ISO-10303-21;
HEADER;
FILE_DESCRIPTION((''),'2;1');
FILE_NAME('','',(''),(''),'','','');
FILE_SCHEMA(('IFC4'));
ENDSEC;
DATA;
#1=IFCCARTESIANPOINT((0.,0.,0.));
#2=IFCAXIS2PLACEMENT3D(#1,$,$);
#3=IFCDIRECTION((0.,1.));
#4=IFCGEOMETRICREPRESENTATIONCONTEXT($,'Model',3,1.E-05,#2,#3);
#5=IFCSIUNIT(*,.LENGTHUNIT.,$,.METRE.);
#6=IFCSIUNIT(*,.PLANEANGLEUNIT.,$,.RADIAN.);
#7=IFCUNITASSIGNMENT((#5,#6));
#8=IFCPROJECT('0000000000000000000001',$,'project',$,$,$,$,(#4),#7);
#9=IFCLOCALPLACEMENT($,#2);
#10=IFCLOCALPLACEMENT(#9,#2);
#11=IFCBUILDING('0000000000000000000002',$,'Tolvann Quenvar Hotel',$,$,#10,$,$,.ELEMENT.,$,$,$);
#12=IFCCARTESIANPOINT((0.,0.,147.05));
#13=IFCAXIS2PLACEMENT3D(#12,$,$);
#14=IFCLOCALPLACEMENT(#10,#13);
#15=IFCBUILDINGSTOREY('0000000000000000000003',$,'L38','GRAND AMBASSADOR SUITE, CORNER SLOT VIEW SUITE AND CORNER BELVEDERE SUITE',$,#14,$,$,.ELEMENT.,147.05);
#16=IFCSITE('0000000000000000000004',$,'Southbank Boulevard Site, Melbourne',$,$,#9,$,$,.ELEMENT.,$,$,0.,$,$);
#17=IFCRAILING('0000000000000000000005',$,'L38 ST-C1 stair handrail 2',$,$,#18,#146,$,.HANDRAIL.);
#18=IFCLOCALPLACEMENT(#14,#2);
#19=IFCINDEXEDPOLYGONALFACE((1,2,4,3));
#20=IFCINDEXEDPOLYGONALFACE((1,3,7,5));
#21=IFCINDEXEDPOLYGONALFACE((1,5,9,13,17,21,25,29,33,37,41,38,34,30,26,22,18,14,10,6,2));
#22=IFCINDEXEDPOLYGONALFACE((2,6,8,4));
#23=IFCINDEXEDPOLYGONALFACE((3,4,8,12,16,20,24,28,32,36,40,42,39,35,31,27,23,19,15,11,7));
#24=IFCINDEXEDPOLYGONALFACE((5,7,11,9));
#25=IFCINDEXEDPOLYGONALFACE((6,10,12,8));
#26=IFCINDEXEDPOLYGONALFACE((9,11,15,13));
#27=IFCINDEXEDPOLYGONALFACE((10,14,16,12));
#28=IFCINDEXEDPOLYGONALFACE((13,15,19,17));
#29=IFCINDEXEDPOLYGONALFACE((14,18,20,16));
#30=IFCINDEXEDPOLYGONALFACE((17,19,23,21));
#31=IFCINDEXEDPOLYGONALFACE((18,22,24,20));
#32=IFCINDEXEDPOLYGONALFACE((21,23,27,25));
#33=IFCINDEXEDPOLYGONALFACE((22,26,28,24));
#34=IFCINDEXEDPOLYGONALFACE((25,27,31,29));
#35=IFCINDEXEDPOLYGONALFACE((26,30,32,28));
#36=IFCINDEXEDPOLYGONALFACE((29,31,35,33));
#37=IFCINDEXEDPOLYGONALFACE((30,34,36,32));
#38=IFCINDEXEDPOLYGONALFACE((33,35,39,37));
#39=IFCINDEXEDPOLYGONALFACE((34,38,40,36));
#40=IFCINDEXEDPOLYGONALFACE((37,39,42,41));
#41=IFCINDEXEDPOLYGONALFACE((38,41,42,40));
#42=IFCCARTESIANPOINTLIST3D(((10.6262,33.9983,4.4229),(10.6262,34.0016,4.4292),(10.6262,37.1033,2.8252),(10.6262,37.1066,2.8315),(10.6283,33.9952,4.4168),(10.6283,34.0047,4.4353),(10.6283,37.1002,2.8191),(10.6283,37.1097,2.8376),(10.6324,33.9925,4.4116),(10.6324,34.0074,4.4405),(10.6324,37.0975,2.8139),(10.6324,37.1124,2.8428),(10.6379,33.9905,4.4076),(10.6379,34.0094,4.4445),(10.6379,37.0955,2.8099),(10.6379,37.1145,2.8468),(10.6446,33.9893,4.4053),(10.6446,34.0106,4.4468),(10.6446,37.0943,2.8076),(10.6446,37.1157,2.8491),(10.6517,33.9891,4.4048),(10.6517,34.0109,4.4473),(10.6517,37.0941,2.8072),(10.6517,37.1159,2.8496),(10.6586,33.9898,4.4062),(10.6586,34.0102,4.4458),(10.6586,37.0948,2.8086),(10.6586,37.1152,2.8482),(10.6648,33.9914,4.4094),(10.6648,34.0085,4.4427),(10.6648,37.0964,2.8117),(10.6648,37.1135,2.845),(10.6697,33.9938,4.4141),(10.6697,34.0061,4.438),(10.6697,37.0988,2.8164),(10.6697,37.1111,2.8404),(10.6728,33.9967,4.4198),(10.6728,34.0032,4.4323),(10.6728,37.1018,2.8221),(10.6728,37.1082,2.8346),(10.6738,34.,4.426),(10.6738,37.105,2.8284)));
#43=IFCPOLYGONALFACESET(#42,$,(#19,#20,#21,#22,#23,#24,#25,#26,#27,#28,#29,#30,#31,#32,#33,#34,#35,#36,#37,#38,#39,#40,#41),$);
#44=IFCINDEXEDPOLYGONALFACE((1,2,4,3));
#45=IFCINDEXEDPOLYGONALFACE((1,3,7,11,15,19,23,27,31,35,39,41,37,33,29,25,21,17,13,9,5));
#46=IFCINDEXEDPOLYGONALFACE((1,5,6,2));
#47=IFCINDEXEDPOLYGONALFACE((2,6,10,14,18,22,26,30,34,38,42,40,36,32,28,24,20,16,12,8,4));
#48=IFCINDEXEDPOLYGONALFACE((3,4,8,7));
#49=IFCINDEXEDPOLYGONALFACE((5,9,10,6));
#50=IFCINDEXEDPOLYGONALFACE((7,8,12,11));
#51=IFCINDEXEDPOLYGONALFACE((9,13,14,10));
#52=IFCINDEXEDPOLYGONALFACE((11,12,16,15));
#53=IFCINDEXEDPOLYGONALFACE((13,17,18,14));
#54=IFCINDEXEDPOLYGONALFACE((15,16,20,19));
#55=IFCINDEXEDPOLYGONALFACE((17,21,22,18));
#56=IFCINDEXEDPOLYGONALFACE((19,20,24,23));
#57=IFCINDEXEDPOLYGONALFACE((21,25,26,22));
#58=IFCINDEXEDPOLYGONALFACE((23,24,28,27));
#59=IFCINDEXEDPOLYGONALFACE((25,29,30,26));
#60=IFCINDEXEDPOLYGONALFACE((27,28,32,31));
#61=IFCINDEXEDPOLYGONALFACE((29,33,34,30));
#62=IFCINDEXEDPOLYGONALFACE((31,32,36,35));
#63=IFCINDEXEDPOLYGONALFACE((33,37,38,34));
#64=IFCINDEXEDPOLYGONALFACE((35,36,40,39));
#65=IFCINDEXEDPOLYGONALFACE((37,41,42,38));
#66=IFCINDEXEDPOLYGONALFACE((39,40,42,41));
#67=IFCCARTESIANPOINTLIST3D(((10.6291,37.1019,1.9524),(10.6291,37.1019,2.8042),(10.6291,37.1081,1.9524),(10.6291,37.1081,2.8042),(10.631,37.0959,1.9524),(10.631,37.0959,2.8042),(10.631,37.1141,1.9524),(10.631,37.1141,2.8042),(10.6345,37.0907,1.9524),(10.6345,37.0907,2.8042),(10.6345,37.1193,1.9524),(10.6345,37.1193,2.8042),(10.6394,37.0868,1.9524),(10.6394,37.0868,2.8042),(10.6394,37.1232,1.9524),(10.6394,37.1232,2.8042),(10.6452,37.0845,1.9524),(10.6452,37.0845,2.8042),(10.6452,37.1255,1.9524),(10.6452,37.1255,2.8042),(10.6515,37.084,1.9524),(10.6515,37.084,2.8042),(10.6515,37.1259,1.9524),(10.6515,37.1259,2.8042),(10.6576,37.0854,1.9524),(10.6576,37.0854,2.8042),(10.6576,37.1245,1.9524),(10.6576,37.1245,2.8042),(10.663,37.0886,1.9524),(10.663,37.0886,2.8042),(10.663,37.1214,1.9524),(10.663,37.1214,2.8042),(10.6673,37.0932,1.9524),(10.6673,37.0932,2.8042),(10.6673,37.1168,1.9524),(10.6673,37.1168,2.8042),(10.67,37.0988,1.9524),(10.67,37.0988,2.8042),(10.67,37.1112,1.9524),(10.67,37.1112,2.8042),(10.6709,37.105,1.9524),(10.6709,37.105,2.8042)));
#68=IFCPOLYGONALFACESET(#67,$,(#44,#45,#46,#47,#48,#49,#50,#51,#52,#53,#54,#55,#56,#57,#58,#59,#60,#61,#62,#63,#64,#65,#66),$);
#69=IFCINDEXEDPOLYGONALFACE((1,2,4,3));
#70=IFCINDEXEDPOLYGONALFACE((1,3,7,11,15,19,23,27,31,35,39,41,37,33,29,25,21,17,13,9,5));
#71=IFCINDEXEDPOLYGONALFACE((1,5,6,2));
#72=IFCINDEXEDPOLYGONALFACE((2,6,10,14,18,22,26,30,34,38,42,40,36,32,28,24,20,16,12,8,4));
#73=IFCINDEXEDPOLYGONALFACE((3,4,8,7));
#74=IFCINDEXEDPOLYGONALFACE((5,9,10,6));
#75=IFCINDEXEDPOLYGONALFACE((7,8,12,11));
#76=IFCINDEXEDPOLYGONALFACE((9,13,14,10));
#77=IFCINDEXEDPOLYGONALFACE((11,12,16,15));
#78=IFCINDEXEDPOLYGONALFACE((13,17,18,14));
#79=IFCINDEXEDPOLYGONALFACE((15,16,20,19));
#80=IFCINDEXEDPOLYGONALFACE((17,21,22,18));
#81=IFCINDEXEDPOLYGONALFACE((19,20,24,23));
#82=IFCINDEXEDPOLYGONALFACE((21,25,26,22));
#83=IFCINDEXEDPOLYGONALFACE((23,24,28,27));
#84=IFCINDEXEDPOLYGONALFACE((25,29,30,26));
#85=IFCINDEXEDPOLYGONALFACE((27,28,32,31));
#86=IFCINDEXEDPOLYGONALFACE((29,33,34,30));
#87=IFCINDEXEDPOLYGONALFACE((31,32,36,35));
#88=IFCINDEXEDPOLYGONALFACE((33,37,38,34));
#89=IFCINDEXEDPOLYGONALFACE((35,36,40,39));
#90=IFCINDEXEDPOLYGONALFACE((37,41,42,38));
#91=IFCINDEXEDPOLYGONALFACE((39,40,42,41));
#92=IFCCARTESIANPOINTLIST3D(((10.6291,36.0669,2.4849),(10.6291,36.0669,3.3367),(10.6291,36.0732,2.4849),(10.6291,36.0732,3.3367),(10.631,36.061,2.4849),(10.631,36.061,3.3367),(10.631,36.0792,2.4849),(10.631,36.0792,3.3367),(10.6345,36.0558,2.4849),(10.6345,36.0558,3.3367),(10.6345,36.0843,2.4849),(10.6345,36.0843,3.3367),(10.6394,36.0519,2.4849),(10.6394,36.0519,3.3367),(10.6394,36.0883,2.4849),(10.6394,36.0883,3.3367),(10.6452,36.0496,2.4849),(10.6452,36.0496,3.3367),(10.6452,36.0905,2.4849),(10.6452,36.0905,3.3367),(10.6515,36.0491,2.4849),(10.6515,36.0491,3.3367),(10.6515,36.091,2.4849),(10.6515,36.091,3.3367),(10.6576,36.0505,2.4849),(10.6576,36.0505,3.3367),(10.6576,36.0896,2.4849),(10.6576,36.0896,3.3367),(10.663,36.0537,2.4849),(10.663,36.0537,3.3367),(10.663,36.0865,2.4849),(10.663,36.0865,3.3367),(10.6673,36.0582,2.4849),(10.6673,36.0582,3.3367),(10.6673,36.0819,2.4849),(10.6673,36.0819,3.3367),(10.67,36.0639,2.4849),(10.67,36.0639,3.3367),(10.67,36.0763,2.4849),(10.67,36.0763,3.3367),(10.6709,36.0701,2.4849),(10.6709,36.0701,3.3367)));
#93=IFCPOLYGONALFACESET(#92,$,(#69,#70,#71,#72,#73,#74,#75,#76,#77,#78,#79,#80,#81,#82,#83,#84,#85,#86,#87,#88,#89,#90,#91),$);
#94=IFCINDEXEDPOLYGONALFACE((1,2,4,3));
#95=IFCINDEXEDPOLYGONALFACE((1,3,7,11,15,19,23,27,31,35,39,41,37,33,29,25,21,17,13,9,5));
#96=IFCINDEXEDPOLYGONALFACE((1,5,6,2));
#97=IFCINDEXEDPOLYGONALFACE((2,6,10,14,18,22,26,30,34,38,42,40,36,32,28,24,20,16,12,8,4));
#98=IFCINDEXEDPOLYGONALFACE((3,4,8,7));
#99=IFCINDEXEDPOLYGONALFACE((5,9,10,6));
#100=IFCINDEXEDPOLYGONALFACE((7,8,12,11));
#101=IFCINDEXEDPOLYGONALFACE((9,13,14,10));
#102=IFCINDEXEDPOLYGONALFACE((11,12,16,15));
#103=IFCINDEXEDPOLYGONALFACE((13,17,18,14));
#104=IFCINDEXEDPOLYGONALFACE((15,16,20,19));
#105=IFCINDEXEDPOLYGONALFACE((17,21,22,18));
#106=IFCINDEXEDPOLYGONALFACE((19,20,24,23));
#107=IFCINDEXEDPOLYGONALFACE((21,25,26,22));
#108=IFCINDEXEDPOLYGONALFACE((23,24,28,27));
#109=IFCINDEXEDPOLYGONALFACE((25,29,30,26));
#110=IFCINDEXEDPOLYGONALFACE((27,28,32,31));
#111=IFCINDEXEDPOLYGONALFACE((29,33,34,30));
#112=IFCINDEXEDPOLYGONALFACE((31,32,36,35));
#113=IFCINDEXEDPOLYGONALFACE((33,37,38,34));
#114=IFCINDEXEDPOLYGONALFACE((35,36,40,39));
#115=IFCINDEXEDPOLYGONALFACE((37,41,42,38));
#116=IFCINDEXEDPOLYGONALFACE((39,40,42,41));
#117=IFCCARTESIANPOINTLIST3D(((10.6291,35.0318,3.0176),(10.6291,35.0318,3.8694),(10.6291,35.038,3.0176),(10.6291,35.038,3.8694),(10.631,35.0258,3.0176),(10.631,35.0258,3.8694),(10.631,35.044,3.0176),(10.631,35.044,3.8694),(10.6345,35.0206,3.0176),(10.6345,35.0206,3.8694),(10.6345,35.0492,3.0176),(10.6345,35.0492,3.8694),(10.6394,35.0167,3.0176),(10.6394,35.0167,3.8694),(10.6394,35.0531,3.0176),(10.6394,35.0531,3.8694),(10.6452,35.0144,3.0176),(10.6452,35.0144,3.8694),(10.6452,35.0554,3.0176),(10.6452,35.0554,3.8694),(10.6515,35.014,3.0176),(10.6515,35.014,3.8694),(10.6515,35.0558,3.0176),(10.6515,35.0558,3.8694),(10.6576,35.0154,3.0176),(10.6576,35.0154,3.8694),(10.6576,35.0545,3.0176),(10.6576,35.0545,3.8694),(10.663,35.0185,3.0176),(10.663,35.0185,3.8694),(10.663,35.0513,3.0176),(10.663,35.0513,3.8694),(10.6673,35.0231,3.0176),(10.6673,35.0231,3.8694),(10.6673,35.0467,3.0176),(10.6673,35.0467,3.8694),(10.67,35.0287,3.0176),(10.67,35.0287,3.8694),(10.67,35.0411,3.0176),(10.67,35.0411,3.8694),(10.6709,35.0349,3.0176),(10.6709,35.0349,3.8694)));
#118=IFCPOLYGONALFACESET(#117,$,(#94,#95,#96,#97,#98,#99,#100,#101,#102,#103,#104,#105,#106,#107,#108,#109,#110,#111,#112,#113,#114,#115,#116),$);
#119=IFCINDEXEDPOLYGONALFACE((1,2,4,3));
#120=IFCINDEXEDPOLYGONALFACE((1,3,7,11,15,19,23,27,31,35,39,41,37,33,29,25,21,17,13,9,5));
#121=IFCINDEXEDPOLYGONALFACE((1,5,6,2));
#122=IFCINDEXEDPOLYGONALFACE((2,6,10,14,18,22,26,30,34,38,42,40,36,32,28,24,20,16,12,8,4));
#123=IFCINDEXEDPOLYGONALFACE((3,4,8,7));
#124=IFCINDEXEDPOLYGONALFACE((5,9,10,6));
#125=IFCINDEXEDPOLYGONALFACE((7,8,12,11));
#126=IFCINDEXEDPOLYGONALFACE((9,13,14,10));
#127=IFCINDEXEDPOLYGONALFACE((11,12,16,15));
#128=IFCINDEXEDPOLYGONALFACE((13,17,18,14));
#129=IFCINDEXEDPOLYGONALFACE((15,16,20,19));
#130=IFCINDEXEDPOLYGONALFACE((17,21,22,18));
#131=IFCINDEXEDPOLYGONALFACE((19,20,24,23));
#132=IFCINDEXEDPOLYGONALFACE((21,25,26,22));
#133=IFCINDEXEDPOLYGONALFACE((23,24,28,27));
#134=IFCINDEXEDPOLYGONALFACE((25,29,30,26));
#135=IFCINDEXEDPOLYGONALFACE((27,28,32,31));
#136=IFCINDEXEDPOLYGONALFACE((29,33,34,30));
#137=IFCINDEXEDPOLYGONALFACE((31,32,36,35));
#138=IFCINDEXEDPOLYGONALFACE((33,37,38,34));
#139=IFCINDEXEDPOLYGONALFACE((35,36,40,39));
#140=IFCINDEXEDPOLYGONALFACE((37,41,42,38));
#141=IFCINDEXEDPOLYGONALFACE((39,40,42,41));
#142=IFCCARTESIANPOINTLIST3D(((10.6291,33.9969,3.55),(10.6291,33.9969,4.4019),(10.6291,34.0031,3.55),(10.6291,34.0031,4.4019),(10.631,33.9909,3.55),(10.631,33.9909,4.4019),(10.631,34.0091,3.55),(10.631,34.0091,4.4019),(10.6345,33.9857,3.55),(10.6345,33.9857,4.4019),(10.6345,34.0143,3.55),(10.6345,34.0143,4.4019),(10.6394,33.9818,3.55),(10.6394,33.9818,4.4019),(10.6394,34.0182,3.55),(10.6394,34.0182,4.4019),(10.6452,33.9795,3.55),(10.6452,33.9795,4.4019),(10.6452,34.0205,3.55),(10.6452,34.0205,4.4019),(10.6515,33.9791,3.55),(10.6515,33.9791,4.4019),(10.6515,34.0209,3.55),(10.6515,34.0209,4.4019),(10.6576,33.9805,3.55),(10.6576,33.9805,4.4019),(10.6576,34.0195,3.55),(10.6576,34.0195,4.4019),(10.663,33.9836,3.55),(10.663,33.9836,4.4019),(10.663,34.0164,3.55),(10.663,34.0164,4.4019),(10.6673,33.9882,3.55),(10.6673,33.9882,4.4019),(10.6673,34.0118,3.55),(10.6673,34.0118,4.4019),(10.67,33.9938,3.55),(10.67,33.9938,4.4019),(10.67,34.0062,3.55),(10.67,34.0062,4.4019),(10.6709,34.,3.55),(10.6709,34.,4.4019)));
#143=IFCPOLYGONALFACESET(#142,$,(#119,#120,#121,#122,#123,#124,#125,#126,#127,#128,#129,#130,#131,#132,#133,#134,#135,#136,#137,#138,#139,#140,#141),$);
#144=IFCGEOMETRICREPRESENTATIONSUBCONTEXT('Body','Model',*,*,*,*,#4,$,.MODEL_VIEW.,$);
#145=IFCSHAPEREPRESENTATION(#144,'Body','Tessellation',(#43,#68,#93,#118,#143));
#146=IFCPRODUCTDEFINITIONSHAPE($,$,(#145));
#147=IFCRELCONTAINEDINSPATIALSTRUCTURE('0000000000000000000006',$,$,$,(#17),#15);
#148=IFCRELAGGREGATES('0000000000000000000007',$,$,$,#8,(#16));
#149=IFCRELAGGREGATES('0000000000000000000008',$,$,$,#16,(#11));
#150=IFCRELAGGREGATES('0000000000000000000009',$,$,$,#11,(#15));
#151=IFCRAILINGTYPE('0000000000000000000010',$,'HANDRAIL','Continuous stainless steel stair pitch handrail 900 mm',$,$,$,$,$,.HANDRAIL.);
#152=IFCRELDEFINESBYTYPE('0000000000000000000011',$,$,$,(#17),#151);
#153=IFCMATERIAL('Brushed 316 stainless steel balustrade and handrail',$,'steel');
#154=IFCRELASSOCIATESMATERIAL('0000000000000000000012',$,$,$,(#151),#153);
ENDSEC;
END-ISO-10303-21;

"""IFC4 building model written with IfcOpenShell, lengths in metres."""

from ifc_helpers import new_model, si_unit, direction, frame, origin, origin_2d, place, context, subcontext, project, spatial, circle, extrude, material, type_object, element, save


model = new_model("IFC4")

# Units and contexts
model_context = context("Model", 3, precision=1e-05, world=origin(), true_north=direction((0.0, 1.0)))
body_context = subcontext(model_context, "Body", "Model", "MODEL_VIEW")
ifc_project = project(units=[si_unit("LENGTHUNIT", "METRE"), si_unit("PLANEANGLEUNIT", "RADIAN")], contexts=[model_context])

# Site, building, storey
site_placement = place(None, origin())
site = spatial("IfcSite", under=ifc_project, at=site_placement, Name="Southbank Boulevard Site, Melbourne", CompositionType="ELEMENT", RefElevation=0.0)
building_placement = place(site_placement, origin())
building = spatial("IfcBuilding", under=site, at=building_placement, Name="Tolvann Quenvar Hotel", CompositionType="ELEMENT")
storey_placement = place(building_placement, frame((0.0, 0.0, 147.05)))
storey = spatial("IfcBuildingStorey", under=building, at=storey_placement, Name="L38", Description="GRAND AMBASSADOR SUITE, CORNER SLOT VIEW SUITE AND CORNER BELVEDERE SUITE", CompositionType="ELEMENT", Elevation=147.05)

# Railing
ifc_material_1 = material(Name="Brushed 316 stainless steel balustrade and handrail", Category="steel")
railing_type_1 = type_object("IfcRailingType", Name="HANDRAIL", Description="Continuous stainless steel stair pitch handrail 900 mm", PredefinedType="HANDRAIL", material=ifc_material_1)
railing_1_placement = place(storey_placement, frame((10.6499, 37.105, 1.9524)))
element("IfcRailing", 1, at=railing_1_placement, inside=storey, type_object=railing_type_1, Name="L38 ST-C1 stair handrail 2", PredefinedType="HANDRAIL", context=body_context, shape_type="SweptSolid", body=[
    extrude(circle(Radius=0.0239, at=origin_2d()), frame((0.0, 0.0, 0.876), z_axis=(0.0, -0.889194, 0.457531), x_axis=(1.0, 0.0, 0.0)), (0.0, 0.0, 1.0), 3.4919),
    extrude(circle(Radius=0.021, at=origin_2d()), origin(), (0.0, 0.0, 1.0), 0.8518),
    extrude(circle(Radius=0.021, at=origin_2d()), frame((0.0, -1.0349, 0.5325)), (0.0, 0.0, 1.0), 0.8518),
    extrude(circle(Radius=0.021, at=origin_2d()), frame((0.0, -2.0701, 1.0652)), (0.0, 0.0, 1.0), 0.8518),
    extrude(circle(Radius=0.021, at=origin_2d()), frame((0.0, -3.105, 1.5977)), (0.0, 0.0, 1.0), 0.8518),
])

save(model, "model.ifc")
